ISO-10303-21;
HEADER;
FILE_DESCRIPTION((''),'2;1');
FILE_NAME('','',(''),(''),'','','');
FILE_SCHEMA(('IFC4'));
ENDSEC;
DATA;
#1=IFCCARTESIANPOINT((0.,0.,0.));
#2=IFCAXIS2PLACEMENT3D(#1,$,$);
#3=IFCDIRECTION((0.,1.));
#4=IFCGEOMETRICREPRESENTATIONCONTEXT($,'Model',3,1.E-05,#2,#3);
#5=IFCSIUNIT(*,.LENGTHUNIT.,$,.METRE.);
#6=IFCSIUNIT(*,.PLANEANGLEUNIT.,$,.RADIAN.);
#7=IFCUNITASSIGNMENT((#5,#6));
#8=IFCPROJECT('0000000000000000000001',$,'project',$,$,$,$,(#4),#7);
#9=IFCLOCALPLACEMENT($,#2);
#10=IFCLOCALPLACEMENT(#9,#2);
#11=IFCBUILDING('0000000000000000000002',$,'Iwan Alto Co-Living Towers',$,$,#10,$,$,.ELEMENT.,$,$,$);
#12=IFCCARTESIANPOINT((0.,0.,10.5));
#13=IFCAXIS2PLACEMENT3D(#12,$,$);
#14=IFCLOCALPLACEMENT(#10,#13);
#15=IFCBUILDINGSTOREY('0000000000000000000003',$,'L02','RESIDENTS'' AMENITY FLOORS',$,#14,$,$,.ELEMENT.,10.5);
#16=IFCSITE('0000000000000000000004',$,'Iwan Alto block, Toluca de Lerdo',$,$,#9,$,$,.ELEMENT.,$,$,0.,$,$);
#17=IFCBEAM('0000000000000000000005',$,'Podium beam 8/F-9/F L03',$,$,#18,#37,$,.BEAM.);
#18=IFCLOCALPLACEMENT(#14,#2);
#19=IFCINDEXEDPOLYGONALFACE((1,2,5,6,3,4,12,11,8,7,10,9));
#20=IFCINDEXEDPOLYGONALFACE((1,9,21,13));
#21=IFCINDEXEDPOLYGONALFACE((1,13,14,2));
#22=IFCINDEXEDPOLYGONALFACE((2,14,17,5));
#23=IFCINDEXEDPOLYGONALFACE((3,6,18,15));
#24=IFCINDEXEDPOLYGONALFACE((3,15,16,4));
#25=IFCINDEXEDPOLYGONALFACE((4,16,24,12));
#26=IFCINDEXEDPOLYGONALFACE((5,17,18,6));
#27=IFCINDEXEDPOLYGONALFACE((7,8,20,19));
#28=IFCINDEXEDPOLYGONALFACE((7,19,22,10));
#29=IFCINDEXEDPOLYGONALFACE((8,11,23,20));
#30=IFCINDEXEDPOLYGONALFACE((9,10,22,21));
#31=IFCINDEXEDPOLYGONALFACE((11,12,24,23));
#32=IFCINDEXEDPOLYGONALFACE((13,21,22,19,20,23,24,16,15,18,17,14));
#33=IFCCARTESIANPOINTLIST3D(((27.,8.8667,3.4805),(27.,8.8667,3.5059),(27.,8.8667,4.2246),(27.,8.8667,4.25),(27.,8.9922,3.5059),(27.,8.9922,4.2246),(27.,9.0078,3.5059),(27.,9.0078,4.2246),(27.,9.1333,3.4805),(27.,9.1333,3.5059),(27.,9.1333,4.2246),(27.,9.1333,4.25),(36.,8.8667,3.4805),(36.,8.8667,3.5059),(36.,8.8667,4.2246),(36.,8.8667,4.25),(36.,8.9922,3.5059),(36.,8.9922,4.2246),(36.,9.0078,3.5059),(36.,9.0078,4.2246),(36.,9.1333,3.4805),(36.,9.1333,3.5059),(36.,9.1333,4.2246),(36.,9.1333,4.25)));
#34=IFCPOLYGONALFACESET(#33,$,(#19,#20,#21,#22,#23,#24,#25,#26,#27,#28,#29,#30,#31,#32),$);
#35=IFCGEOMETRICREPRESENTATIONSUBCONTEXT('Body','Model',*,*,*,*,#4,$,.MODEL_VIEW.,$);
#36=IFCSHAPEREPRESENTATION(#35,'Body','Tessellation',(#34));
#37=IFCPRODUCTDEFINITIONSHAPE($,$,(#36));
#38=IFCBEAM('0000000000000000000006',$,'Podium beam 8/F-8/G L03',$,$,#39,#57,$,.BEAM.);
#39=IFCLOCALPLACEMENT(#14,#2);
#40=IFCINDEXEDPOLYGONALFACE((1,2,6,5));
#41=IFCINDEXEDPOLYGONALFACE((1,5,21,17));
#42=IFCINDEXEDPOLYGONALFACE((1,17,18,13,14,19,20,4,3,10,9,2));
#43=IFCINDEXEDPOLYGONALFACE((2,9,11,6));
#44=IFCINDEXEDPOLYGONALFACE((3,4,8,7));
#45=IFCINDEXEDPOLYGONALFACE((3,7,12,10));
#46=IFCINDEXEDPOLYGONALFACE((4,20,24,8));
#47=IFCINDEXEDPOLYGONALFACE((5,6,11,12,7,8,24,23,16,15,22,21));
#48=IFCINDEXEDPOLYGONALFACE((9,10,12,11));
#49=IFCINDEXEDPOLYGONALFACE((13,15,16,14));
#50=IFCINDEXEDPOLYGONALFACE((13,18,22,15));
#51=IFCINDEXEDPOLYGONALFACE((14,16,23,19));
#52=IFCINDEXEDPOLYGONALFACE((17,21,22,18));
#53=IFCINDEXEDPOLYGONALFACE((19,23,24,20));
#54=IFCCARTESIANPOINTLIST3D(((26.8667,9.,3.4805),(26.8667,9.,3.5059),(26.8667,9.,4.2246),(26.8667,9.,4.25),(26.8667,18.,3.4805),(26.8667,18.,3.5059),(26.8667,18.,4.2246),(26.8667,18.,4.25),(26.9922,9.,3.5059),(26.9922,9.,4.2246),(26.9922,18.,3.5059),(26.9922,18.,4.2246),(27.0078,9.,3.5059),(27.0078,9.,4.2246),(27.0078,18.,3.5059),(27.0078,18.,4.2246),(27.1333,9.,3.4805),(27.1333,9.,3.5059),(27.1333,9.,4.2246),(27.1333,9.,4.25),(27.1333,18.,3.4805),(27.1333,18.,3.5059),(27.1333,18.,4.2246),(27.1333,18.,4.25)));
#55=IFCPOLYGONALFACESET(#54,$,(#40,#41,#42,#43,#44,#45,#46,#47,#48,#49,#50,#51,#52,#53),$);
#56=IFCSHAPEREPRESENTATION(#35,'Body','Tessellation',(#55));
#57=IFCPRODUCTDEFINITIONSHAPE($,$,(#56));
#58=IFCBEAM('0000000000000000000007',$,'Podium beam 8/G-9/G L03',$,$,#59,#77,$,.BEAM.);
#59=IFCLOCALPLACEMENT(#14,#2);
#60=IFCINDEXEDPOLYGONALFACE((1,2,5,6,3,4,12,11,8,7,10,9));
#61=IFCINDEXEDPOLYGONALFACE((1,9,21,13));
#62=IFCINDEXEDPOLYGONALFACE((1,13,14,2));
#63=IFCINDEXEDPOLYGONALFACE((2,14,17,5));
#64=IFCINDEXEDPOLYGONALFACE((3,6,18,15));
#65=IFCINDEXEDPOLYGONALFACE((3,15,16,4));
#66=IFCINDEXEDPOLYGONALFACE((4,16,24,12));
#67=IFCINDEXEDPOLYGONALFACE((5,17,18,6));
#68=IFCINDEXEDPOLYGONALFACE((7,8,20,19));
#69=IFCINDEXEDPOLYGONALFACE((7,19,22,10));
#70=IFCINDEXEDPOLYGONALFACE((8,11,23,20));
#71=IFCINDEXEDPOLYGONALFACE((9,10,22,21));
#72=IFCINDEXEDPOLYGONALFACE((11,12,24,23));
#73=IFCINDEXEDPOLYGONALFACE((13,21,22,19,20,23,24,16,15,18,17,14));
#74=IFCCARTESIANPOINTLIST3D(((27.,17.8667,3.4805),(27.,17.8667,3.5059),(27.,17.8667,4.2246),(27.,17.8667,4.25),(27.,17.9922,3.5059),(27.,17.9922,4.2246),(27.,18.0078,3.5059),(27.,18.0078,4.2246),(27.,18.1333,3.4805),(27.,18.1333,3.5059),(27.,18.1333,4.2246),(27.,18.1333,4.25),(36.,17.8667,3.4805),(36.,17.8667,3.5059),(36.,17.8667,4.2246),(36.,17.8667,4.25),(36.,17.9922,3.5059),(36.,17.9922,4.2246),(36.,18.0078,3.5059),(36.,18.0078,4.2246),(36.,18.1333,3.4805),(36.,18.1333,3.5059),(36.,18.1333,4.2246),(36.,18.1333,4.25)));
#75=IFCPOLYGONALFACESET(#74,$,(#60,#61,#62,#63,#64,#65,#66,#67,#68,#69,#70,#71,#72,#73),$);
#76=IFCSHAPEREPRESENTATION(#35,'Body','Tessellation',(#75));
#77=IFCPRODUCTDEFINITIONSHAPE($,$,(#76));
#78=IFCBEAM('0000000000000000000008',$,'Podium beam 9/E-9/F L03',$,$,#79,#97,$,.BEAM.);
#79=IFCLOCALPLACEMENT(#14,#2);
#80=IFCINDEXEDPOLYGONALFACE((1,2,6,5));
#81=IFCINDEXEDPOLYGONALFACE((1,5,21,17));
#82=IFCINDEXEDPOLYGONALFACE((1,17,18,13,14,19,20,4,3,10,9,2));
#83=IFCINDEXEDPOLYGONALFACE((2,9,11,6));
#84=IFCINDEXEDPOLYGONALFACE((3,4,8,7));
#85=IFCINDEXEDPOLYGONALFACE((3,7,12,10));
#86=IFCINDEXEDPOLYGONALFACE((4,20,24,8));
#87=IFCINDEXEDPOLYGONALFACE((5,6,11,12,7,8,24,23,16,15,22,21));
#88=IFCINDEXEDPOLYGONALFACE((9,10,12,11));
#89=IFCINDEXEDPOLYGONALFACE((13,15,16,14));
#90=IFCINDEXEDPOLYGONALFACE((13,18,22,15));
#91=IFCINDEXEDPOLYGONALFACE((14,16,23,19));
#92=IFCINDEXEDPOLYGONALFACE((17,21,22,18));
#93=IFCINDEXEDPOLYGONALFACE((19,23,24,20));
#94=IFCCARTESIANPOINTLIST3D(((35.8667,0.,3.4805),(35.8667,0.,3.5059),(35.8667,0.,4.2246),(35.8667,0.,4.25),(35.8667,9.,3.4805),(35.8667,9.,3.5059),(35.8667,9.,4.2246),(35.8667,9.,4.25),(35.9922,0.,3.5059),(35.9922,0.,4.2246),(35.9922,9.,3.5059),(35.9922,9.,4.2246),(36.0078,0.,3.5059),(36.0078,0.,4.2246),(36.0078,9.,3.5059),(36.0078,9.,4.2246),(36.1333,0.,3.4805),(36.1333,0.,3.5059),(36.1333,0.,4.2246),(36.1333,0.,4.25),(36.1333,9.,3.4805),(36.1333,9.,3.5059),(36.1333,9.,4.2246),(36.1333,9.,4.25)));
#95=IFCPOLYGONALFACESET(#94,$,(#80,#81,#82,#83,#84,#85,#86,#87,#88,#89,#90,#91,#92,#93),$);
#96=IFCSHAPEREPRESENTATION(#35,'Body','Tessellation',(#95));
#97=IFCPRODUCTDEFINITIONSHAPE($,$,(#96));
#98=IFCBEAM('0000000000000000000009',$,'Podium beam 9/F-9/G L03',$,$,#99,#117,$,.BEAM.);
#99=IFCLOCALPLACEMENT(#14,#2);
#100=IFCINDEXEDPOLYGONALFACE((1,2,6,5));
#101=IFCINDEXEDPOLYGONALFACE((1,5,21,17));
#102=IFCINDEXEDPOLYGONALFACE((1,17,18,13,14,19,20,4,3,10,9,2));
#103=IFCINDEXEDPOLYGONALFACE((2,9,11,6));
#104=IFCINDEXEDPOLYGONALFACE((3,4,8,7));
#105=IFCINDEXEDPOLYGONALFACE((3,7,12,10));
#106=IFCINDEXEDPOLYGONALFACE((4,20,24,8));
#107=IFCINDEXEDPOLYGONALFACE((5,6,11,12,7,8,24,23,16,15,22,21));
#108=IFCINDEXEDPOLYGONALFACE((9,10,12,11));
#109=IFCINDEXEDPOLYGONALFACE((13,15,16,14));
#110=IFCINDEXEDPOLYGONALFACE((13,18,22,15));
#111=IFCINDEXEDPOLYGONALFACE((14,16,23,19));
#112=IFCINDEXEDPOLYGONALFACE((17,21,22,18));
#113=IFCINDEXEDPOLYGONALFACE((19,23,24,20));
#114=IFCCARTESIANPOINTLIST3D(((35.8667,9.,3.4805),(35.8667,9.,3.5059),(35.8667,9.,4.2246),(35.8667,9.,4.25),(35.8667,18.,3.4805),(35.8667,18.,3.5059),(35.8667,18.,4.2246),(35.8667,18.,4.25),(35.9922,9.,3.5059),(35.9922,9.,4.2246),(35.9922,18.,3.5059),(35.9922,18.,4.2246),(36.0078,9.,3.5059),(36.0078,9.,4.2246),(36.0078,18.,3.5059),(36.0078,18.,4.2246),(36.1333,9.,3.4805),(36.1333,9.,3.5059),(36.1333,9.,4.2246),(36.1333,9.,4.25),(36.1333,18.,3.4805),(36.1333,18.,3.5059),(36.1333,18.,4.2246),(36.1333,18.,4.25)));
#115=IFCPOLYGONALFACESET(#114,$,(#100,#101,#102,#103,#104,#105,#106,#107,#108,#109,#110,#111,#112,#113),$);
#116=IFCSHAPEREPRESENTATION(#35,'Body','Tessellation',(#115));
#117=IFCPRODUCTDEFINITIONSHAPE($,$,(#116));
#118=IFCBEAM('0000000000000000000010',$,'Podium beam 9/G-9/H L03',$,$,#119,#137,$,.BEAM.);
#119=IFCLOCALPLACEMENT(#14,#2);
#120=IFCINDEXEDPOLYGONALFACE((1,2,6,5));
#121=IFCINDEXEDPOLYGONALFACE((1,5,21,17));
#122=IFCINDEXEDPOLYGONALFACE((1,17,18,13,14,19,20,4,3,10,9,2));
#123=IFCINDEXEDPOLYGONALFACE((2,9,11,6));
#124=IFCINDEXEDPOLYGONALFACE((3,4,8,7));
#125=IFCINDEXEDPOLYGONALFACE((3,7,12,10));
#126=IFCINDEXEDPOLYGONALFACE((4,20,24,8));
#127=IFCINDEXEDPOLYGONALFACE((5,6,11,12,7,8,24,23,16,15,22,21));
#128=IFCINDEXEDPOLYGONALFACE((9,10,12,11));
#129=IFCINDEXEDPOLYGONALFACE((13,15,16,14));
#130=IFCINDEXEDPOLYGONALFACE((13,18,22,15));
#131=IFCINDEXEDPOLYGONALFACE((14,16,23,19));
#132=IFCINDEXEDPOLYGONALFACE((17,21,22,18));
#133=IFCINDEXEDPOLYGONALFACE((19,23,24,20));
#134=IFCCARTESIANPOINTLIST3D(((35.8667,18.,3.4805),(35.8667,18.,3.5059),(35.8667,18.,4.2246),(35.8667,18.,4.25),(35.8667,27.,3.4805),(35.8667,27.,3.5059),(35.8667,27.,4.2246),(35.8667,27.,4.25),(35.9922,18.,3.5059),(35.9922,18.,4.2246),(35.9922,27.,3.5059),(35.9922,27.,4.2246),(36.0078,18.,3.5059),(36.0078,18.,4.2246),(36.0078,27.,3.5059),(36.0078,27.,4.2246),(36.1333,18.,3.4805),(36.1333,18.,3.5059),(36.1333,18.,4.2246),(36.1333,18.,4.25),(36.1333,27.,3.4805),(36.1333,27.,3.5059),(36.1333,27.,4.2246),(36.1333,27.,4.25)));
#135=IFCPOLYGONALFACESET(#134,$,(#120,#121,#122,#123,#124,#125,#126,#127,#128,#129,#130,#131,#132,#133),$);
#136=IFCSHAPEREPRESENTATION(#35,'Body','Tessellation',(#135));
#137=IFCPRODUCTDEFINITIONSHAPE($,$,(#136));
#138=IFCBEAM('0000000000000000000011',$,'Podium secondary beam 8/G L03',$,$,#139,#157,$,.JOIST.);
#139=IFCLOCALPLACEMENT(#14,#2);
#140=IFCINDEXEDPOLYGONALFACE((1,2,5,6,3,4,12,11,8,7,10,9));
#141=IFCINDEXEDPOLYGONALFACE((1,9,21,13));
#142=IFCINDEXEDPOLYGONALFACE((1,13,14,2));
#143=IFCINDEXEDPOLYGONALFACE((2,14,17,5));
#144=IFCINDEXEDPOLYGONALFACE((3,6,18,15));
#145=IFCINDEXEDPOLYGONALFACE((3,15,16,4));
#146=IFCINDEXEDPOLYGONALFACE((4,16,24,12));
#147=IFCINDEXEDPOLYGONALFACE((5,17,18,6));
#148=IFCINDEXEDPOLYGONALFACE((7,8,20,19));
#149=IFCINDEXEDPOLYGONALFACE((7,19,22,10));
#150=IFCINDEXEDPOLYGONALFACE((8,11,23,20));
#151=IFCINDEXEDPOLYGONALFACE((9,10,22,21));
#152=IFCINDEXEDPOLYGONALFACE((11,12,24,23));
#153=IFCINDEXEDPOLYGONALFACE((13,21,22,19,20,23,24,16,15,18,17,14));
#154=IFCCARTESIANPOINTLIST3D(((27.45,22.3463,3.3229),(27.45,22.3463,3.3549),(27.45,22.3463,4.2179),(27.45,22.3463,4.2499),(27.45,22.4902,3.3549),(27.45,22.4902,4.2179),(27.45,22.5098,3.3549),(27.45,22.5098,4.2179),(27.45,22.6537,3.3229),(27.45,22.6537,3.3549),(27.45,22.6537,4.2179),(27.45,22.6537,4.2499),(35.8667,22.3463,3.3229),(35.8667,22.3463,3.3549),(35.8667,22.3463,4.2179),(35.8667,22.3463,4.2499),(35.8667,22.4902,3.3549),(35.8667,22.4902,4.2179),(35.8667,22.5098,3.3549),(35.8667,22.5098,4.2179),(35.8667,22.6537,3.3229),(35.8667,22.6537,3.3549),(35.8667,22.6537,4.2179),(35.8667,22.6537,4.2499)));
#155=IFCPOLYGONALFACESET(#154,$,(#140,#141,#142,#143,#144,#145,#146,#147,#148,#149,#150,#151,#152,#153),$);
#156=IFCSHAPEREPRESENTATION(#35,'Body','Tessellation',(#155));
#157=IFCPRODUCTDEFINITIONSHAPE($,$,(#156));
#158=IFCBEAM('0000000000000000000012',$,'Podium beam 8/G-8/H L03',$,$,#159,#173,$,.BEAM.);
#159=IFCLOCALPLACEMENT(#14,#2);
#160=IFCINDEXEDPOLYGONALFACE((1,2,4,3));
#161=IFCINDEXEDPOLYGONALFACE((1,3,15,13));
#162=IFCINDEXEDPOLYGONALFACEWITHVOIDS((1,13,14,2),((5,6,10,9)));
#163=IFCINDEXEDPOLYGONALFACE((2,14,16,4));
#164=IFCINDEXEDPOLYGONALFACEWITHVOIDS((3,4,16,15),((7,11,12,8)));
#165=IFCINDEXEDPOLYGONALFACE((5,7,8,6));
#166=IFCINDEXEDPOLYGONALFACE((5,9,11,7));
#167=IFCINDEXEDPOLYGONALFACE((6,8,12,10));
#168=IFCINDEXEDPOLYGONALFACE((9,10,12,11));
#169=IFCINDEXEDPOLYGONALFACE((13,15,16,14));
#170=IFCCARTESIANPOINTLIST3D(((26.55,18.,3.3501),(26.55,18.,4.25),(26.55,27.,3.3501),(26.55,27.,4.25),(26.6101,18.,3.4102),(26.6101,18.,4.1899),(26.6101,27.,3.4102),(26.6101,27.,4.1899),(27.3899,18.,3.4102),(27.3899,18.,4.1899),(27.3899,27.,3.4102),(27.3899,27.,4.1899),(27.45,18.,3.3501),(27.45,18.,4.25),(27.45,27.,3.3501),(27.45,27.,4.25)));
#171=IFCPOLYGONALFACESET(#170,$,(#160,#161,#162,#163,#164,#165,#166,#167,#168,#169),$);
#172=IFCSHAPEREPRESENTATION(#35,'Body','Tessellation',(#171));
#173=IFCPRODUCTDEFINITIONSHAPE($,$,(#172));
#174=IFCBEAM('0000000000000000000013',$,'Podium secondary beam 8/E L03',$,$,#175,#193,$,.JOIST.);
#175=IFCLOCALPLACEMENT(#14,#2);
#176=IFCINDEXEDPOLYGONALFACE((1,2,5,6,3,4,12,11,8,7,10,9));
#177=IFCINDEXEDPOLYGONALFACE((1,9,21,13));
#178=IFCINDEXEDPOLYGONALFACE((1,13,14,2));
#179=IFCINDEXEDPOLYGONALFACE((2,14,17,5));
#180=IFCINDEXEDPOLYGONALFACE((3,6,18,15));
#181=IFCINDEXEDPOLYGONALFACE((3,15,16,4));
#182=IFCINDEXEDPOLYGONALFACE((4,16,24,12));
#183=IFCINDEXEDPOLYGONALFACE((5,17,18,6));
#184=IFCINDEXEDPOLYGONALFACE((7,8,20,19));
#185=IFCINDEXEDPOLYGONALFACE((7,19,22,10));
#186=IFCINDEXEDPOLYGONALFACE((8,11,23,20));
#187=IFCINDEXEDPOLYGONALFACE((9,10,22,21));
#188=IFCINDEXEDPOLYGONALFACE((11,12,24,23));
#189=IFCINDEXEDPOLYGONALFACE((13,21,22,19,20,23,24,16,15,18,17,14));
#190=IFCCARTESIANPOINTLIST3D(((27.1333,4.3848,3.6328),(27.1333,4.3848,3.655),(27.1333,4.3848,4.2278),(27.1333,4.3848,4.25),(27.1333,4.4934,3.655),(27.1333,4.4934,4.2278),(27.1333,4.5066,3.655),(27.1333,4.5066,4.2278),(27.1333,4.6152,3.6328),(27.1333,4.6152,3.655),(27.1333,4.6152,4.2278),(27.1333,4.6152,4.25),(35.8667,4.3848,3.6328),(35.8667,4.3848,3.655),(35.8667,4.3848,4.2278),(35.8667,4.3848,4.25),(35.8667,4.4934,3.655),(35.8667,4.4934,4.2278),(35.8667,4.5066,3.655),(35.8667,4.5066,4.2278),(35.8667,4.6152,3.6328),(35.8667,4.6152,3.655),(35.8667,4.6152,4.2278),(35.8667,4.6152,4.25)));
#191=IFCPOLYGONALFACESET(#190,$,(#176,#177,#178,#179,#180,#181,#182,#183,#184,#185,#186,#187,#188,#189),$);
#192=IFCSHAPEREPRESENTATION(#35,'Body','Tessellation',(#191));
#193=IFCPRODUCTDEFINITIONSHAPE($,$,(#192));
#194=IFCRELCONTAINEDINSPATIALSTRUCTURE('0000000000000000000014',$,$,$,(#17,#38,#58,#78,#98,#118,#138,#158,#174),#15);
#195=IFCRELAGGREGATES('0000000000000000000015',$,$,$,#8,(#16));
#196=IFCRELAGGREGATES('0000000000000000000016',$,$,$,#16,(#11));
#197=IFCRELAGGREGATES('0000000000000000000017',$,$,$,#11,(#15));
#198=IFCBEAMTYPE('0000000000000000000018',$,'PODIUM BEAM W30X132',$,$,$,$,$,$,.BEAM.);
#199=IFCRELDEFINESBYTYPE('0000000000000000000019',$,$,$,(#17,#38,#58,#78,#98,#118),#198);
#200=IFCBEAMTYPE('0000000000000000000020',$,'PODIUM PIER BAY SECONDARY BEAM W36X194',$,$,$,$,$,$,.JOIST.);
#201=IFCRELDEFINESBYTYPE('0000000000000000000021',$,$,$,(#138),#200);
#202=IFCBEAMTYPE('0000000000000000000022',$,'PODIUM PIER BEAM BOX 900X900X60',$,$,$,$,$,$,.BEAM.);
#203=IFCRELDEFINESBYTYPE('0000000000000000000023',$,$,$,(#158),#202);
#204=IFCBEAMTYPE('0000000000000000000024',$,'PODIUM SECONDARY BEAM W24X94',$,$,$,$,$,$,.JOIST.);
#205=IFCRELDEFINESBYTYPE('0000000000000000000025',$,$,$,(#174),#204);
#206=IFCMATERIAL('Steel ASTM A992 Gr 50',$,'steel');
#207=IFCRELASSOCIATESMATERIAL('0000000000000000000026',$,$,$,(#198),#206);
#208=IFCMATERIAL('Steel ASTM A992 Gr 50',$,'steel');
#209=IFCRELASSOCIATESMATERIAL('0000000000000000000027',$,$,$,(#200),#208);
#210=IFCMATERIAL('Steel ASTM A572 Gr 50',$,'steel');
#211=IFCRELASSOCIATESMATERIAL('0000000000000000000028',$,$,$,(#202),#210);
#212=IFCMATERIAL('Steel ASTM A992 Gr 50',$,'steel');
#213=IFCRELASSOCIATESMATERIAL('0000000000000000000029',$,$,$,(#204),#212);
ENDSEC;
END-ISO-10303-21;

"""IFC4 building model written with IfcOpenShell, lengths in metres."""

from ifc_helpers import new_model, si_unit, direction, frame, origin, origin_2d, place, context, subcontext, project, spatial, hollow_rectangle, i_section, extrude, material, material_profile, profile_set, type_object, element, save


model = new_model("IFC4")

# Units and contexts
model_context = context("Model", 3, precision=1e-05, world=origin(), true_north=direction((0.0, 1.0)))
body_context = subcontext(model_context, "Body", "Model", "MODEL_VIEW")
ifc_project = project(units=[si_unit("LENGTHUNIT", "METRE"), si_unit("PLANEANGLEUNIT", "RADIAN")], contexts=[model_context])

# Site, building, storey
site_placement = place(None, origin())
site = spatial("IfcSite", under=ifc_project, at=site_placement, Name="Iwan Alto block, Toluca de Lerdo", CompositionType="ELEMENT", RefElevation=0.0)
building_placement = place(site_placement, origin())
building = spatial("IfcBuilding", under=site, at=building_placement, Name="Iwan Alto Co-Living Towers", CompositionType="ELEMENT")
storey_placement = place(building_placement, frame((0.0, 0.0, 10.5)))
storey = spatial("IfcBuildingStorey", under=building, at=storey_placement, Name="L02", Description="RESIDENTS' AMENITY FLOORS", CompositionType="ELEMENT", Elevation=10.5)

# Beams
ifc_material_1 = material(Name="Steel ASTM A992 Gr 50", Category="steel")
ifc_material_profile_1 = material_profile(ifc_material_1, i_section(OverallWidth=0.2666, OverallDepth=0.7695, WebThickness=0.0156, FlangeThickness=0.0254, at=origin_2d()), Name="W30X132")
ifc_profile_set_1 = profile_set([ifc_material_profile_1], Name="Steel ASTM A992 Gr 50")
beam_type_1 = type_object("IfcBeamType", Name="PODIUM BEAM W30X132", PredefinedType="BEAM", material=ifc_profile_set_1)
for number, where, z_axis, x_axis, name in (
    (1, (27.0, 9.0, 3.8652), (1.0, 0.0, 0.0), (0.0, 1.0, 0.0), "Podium beam 8/F-9/F L03"),
    (2, (27.0, 9.0, 3.8652), (0.0, 1.0, 0.0), (-1.0, 0.0, 0.0), "Podium beam 8/F-8/G L03"),
    (3, (27.0, 18.0, 3.8652), (1.0, 0.0, 0.0), (0.0, 1.0, 0.0), "Podium beam 8/G-9/G L03"),
    (4, (36.0, 0.0, 3.8652), (0.0, 1.0, 0.0), (-1.0, 0.0, 0.0), "Podium beam 9/E-9/F L03"),
    (5, (36.0, 9.0, 3.8652), (0.0, 1.0, 0.0), (-1.0, 0.0, 0.0), "Podium beam 9/F-9/G L03"),
    (6, (36.0, 18.0, 3.8652), (0.0, 1.0, 0.0), (-1.0, 0.0, 0.0), "Podium beam 9/G-9/H L03"),
):
    element("IfcBeam", number, at=place(storey_placement, frame(where, z_axis=z_axis, x_axis=x_axis)), inside=storey, type_object=beam_type_1, Name=name, PredefinedType="BEAM", context=body_context, shape_type="SweptSolid", body=[
        extrude(i_section(OverallWidth=0.2666, OverallDepth=0.7695, WebThickness=0.0156, FlangeThickness=0.0254, at=origin_2d()), origin(), (0.0, 0.0, 1.0), 9.0),
    ])
ifc_material_2 = material(Name="Steel ASTM A992 Gr 50", Category="steel")
ifc_material_profile_2 = material_profile(ifc_material_2, i_section(OverallWidth=0.3074, OverallDepth=0.927, WebThickness=0.0195, FlangeThickness=0.032, at=origin_2d()), Name="W36X194")
ifc_profile_set_2 = profile_set([ifc_material_profile_2], Name="Steel ASTM A992 Gr 50")
beam_type_2 = type_object("IfcBeamType", Name="PODIUM PIER BAY SECONDARY BEAM W36X194", PredefinedType="JOIST", material=ifc_profile_set_2)
beam_1_placement = place(storey_placement, frame((27.45, 22.5, 3.7864), z_axis=(1.0, 0.0, 0.0), x_axis=(0.0, 1.0, 0.0)))
element("IfcBeam", 7, at=beam_1_placement, inside=storey, type_object=beam_type_2, Name="Podium secondary beam 8/G L03", PredefinedType="JOIST", context=body_context, shape_type="SweptSolid", body=[
    extrude(i_section(OverallWidth=0.3074, OverallDepth=0.927, WebThickness=0.0195, FlangeThickness=0.032, at=origin_2d()), origin(), (0.0, 0.0, 1.0), 8.4167),
])
ifc_material_3 = material(Name="Steel ASTM A572 Gr 50", Category="steel")
ifc_material_profile_3 = material_profile(ifc_material_3, hollow_rectangle(XDim=0.8999, YDim=0.8999, WallThickness=0.0601, at=origin_2d()), Name="BOX 900X900X60")
ifc_profile_set_3 = profile_set([ifc_material_profile_3], Name="Steel ASTM A572 Gr 50")
beam_type_3 = type_object("IfcBeamType", Name="PODIUM PIER BEAM BOX 900X900X60", PredefinedType="BEAM", material=ifc_profile_set_3)
beam_2_placement = place(storey_placement, frame((27.0, 18.0, 3.8), z_axis=(0.0, 1.0, 0.0), x_axis=(-1.0, 0.0, 0.0)))
element("IfcBeam", 8, at=beam_2_placement, inside=storey, type_object=beam_type_3, Name="Podium beam 8/G-8/H L03", PredefinedType="BEAM", context=body_context, shape_type="SweptSolid", body=[
    extrude(hollow_rectangle(XDim=0.8999, YDim=0.8999, WallThickness=0.0601, at=origin_2d()), origin(), (0.0, 0.0, 1.0), 9.0),
])
ifc_material_4 = material(Name="Steel ASTM A992 Gr 50", Category="steel")
ifc_material_profile_4 = material_profile(ifc_material_4, i_section(OverallWidth=0.2305, OverallDepth=0.6172, WebThickness=0.0132, FlangeThickness=0.0222, at=origin_2d()), Name="W24X94")
ifc_profile_set_4 = profile_set([ifc_material_profile_4], Name="Steel ASTM A992 Gr 50")
beam_type_4 = type_object("IfcBeamType", Name="PODIUM SECONDARY BEAM W24X94", PredefinedType="JOIST", material=ifc_profile_set_4)
for number, where, z_axis, x_axis, name in (
    (9, (27.1333, 4.5, 3.9414), (1.0, 0.0, 0.0), (0.0, 1.0, 0.0), "Podium secondary beam 8/E L03"),
):
    element("IfcBeam", number, at=place(storey_placement, frame(where, z_axis=z_axis, x_axis=x_axis)), inside=storey, type_object=beam_type_4, Name=name, PredefinedType="JOIST", context=body_context, shape_type="SweptSolid", body=[
        extrude(i_section(OverallWidth=0.2305, OverallDepth=0.6172, WebThickness=0.0132, FlangeThickness=0.0222, at=origin_2d()), origin(), (0.0, 0.0, 1.0), 8.7334),
    ])

save(model, "model.ifc")
